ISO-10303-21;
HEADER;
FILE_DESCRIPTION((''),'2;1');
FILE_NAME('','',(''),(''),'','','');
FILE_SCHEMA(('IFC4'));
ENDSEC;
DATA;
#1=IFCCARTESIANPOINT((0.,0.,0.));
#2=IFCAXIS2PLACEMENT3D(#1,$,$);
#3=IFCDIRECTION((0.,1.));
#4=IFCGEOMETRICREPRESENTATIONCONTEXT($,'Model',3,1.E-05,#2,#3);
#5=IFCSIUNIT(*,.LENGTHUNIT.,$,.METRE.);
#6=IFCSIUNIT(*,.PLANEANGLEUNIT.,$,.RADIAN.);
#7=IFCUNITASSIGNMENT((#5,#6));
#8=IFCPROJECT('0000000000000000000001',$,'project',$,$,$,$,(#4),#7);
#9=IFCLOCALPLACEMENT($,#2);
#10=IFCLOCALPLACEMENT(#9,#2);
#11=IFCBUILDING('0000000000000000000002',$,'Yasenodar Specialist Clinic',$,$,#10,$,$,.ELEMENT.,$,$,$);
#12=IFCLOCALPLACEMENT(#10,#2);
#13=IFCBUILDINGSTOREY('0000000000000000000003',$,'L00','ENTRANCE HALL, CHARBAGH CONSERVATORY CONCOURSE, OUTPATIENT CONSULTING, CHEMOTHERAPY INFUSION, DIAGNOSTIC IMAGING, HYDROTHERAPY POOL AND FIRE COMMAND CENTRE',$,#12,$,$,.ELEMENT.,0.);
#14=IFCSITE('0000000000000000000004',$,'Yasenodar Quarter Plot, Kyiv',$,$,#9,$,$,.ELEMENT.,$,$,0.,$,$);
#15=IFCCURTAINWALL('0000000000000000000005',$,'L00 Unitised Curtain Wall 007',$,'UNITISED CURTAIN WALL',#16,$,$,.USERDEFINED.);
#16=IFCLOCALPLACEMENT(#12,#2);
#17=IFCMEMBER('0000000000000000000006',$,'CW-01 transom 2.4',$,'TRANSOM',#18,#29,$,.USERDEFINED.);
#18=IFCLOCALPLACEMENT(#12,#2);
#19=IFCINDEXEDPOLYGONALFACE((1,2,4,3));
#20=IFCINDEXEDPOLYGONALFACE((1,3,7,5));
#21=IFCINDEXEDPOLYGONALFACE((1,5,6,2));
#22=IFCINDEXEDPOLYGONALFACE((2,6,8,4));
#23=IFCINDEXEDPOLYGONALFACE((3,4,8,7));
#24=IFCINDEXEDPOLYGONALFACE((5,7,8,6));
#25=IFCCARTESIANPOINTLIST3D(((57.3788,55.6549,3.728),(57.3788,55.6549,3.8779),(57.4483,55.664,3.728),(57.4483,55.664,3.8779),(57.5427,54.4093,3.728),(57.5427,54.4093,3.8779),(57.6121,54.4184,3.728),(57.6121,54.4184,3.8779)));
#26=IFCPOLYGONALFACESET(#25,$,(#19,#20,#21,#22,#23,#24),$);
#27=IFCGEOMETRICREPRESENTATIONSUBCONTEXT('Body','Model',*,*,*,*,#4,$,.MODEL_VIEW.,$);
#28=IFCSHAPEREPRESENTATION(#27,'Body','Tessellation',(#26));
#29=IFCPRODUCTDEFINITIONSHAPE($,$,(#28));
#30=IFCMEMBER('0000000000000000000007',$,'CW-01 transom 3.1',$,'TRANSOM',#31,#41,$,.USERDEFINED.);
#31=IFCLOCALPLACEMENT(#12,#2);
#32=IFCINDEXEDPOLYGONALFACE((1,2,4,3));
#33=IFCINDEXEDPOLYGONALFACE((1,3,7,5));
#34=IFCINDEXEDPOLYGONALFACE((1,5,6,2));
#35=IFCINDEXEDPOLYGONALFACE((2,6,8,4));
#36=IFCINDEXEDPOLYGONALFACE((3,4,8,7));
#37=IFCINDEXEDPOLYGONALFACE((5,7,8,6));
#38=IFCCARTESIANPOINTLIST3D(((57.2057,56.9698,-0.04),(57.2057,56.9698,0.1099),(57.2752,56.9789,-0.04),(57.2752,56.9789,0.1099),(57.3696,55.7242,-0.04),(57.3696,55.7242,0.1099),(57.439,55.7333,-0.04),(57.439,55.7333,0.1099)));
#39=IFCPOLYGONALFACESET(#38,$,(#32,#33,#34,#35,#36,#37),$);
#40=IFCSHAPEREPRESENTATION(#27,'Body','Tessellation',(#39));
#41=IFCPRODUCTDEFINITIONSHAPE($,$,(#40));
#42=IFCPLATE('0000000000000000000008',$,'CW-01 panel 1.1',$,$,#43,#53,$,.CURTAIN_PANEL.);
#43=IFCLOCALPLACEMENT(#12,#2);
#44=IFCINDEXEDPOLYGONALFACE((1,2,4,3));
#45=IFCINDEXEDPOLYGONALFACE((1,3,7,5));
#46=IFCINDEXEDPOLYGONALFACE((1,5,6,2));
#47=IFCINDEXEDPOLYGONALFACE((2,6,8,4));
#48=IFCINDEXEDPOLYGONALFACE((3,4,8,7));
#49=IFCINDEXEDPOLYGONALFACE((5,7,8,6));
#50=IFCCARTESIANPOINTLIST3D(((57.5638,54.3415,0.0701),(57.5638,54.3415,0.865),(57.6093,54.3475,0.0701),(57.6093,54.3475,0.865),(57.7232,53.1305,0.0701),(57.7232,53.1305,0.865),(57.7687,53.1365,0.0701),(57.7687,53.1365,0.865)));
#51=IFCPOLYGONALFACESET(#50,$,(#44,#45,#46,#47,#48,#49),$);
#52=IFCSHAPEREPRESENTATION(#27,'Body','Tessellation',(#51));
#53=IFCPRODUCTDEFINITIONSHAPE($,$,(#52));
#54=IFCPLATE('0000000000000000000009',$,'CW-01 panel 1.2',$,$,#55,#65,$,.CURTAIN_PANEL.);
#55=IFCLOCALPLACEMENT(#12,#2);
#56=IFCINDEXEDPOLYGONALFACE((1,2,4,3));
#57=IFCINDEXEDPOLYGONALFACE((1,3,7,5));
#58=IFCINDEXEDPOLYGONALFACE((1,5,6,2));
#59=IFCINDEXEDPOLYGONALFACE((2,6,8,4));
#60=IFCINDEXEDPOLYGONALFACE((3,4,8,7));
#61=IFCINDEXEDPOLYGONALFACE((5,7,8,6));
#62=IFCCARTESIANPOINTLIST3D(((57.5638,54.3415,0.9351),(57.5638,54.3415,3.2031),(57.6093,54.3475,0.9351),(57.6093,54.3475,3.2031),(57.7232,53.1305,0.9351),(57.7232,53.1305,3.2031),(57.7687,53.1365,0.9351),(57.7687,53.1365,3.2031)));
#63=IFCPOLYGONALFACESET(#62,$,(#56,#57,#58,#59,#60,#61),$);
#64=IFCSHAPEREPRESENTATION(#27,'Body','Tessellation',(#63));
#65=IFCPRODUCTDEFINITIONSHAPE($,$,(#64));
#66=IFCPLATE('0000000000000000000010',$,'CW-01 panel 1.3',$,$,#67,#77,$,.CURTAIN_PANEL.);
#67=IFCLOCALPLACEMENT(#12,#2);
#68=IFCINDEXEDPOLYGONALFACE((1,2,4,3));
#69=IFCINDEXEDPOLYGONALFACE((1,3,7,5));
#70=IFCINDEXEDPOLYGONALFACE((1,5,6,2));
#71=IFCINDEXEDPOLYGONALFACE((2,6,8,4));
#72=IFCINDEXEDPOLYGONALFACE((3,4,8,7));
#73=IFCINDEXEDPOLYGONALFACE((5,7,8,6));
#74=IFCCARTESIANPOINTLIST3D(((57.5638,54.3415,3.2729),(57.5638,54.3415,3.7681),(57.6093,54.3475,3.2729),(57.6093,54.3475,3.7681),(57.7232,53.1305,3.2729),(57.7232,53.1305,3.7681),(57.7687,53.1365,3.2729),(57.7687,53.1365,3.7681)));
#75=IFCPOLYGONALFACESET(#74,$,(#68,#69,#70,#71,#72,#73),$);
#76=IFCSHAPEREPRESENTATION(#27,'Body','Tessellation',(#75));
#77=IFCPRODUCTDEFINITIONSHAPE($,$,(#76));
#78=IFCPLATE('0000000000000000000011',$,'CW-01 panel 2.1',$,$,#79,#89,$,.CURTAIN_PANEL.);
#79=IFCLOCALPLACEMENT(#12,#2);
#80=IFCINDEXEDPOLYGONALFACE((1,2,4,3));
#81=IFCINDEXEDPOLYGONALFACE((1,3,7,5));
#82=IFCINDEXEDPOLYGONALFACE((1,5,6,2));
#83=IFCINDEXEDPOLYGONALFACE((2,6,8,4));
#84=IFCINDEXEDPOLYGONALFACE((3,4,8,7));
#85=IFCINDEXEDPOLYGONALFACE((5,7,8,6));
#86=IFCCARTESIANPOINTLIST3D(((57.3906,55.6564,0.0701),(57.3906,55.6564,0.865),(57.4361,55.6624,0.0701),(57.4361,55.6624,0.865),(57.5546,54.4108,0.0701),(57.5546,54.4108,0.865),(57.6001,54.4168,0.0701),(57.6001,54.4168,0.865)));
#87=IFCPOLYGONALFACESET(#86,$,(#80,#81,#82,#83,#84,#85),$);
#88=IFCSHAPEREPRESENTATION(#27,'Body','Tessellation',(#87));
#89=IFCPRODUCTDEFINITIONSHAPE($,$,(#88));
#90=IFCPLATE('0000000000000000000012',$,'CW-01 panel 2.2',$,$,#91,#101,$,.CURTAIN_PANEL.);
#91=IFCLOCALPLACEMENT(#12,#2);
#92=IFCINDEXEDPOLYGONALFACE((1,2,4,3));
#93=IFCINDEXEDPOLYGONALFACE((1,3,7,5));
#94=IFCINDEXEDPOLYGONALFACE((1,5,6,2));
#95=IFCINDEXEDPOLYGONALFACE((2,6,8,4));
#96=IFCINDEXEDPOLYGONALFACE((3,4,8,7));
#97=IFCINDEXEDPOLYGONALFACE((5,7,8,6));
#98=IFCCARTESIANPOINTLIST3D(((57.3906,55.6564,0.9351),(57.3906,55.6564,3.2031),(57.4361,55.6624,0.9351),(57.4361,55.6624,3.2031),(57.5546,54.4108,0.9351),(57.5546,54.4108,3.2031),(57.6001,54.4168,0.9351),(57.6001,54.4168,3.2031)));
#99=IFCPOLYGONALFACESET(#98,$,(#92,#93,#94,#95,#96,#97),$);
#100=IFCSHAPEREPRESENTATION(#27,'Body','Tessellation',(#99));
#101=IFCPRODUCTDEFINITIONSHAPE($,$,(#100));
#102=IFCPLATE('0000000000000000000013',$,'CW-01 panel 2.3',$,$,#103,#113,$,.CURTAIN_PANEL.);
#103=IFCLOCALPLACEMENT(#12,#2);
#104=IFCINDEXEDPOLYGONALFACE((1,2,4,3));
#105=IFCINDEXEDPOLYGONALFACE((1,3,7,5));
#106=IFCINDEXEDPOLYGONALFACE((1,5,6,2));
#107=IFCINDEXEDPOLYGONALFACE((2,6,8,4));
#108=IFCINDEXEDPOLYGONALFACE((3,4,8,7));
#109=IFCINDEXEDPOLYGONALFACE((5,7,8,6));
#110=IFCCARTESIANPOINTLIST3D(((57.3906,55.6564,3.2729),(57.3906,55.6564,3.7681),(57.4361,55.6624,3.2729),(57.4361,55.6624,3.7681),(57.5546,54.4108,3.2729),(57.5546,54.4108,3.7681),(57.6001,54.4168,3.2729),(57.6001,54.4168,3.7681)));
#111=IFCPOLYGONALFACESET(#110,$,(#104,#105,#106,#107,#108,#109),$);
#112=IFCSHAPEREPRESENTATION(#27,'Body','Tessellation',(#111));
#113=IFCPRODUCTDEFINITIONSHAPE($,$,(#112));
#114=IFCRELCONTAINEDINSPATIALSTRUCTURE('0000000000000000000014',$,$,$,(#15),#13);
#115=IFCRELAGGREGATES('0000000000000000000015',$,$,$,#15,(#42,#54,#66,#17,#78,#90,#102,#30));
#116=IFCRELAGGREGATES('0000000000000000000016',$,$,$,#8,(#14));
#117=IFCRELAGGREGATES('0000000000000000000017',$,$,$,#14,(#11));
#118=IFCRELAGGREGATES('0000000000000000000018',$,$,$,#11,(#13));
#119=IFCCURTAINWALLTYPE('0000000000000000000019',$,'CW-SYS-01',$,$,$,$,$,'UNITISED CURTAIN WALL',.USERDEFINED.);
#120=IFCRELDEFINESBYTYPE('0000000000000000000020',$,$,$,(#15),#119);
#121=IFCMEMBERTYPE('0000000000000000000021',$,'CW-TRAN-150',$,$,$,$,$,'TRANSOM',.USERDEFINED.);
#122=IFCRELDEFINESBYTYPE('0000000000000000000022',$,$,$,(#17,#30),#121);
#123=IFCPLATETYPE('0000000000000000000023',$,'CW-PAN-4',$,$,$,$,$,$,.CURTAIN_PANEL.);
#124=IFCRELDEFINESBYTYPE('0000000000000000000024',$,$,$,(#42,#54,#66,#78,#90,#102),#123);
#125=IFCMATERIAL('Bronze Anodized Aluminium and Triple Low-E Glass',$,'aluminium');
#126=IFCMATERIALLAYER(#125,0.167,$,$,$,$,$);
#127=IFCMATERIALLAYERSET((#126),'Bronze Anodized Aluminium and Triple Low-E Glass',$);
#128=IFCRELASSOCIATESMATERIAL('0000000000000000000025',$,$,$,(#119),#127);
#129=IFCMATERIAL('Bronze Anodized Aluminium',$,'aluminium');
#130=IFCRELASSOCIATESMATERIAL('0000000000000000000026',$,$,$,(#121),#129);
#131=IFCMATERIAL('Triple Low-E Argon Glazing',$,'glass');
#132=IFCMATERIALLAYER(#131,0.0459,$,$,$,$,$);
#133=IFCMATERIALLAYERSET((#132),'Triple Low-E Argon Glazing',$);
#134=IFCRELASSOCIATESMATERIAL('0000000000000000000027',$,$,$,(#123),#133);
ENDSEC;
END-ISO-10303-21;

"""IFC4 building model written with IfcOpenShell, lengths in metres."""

from ifc_helpers import new_model, si_unit, direction, frame, origin, origin_2d, place, context, subcontext, project, spatial, rectangle, extrude, material, layer, layer_set, material_profile, profile_set, type_object, element, aggregate, save


model = new_model("IFC4")

# Units and contexts
model_context = context("Model", 3, precision=1e-05, world=origin(), true_north=direction((0.0, 1.0)))
body_context = subcontext(model_context, "Body", "Model", "MODEL_VIEW")
ifc_project = project(units=[si_unit("LENGTHUNIT", "METRE"), si_unit("PLANEANGLEUNIT", "RADIAN")], contexts=[model_context])

# Site, building, storey
site_placement = place(None, origin())
site = spatial("IfcSite", under=ifc_project, at=site_placement, Name="Yasenodar Quarter Plot, Kyiv", CompositionType="ELEMENT", RefElevation=0.0)
building_placement = place(site_placement, origin())
building = spatial("IfcBuilding", under=site, at=building_placement, Name="Yasenodar Specialist Clinic", CompositionType="ELEMENT")
storey_placement = place(building_placement, origin())
storey = spatial("IfcBuildingStorey", under=building, at=storey_placement, Name="L00", Description="ENTRANCE HALL, CHARBAGH CONSERVATORY CONCOURSE, OUTPATIENT CONSULTING, CHEMOTHERAPY INFUSION, DIAGNOSTIC IMAGING, HYDROTHERAPY POOL AND FIRE COMMAND CENTRE", CompositionType="ELEMENT", Elevation=0.0)

# Curtain wall, members, plates
ifc_material_1 = material(Name="Bronze Anodized Aluminium and Triple Low-E Glass", Category="aluminium")
ifc_layer_1 = layer(ifc_material_1, 0.167)
ifc_layer_set_1 = layer_set([ifc_layer_1], Name="Bronze Anodized Aluminium and Triple Low-E Glass")
curtain_wall_type = type_object("IfcCurtainWallType", Name="CW-SYS-01", ElementType="UNITISED CURTAIN WALL", PredefinedType="USERDEFINED", material=ifc_layer_set_1)
curtain_wall_placement = place(storey_placement, origin())
curtain_wall = element("IfcCurtainWall", 1, at=curtain_wall_placement, inside=storey, type_object=curtain_wall_type, Name="L00 Unitised Curtain Wall 007", ObjectType="UNITISED CURTAIN WALL", PredefinedType="USERDEFINED")
ifc_material_2 = material(Name="Bronze Anodized Aluminium", Category="aluminium")
ifc_material_profile_1 = material_profile(ifc_material_2, rectangle(XDim=0.0701, YDim=0.1499, at=origin_2d()), Name="CW-TRAN 70x150")
ifc_profile_set_1 = profile_set([ifc_material_profile_1], Name="Bronze Anodized Aluminium")
member_type_1 = type_object("IfcMemberType", Name="CW-TRAN-150", ElementType="TRANSOM", PredefinedType="USERDEFINED", material=ifc_profile_set_1)
member_1_placement = place(storey_placement, frame((57.5774, 54.4138, 3.803), z_axis=(-0.130394, 0.991462, 0.0), x_axis=(-0.991462, -0.130394, 0.0)))
member_1 = element("IfcMember", 2, at=member_1_placement, type_object=member_type_1, Name="CW-01 transom 2.4", ObjectType="TRANSOM", PredefinedType="USERDEFINED", context=body_context, shape_type="SweptSolid", body=[
    extrude(rectangle(XDim=0.0701, YDim=0.1499, at=origin_2d()), origin(), (0.0, 0.0, 1.0), 1.2563),
])
member_2_placement = place(storey_placement, frame((57.4043, 55.7288, 0.0349), z_axis=(-0.130394, 0.991462, 0.0), x_axis=(-0.991462, -0.130394, 0.0)))
member_2 = element("IfcMember", 3, at=member_2_placement, type_object=member_type_1, Name="CW-01 transom 3.1", ObjectType="TRANSOM", PredefinedType="USERDEFINED", context=body_context, shape_type="SweptSolid", body=[
    extrude(rectangle(XDim=0.0701, YDim=0.1499, at=origin_2d()), origin(), (0.0, 0.0, 1.0), 1.2563),
])
ifc_material_3 = material(Name="Triple Low-E Argon Glazing", Category="glass")
ifc_layer_2 = layer(ifc_material_3, 0.0459)
ifc_layer_set_2 = layer_set([ifc_layer_2], Name="Triple Low-E Argon Glazing")
plate_type = type_object("IfcPlateType", Name="CW-PAN-4", PredefinedType="CURTAIN_PANEL", material=ifc_layer_set_2)
plate_1_placement = place(storey_placement, frame((57.6663, 53.739, 0.0701), z_axis=(0.0, 0.0, 1.0), x_axis=(-0.130512, 0.991447, 0.0)))
plate_1 = element("IfcPlate", 4, at=plate_1_placement, type_object=plate_type, Name="CW-01 panel 1.1", PredefinedType="CURTAIN_PANEL", context=body_context, shape_type="SweptSolid", body=[
    extrude(rectangle(XDim=1.2214, YDim=0.0459, at=origin_2d()), origin(), (0.0, 0.0, 1.0), 0.7949),
])
plate_2_placement = place(storey_placement, frame((57.6663, 53.739, 0.9351), z_axis=(0.0, 0.0, 1.0), x_axis=(-0.130512, 0.991447, 0.0)))
plate_2 = element("IfcPlate", 5, at=plate_2_placement, type_object=plate_type, Name="CW-01 panel 1.2", PredefinedType="CURTAIN_PANEL", context=body_context, shape_type="SweptSolid", body=[
    extrude(rectangle(XDim=1.2214, YDim=0.0459, at=origin_2d()), origin(), (0.0, 0.0, 1.0), 2.2681),
])
plate_3_placement = place(storey_placement, frame((57.6663, 53.739, 3.2729), z_axis=(0.0, 0.0, 1.0), x_axis=(-0.130512, 0.991447, 0.0)))
plate_3 = element("IfcPlate", 6, at=plate_3_placement, type_object=plate_type, Name="CW-01 panel 1.3", PredefinedType="CURTAIN_PANEL", context=body_context, shape_type="SweptSolid", body=[
    extrude(rectangle(XDim=1.2214, YDim=0.0459, at=origin_2d()), origin(), (0.0, 0.0, 1.0), 0.4951),
])
plate_4_placement = place(storey_placement, frame((57.4954, 55.0366, 0.0701), z_axis=(0.0, 0.0, 1.0), x_axis=(-0.130512, 0.991447, 0.0)))
plate_4 = element("IfcPlate", 7, at=plate_4_placement, type_object=plate_type, Name="CW-01 panel 2.1", PredefinedType="CURTAIN_PANEL", context=body_context, shape_type="SweptSolid", body=[
    extrude(rectangle(XDim=1.2563, YDim=0.0459, at=origin_2d()), origin(), (0.0, 0.0, 1.0), 0.7949),
])
plate_5_placement = place(storey_placement, frame((57.4954, 55.0366, 0.9351), z_axis=(0.0, 0.0, 1.0), x_axis=(-0.130512, 0.991447, 0.0)))
plate_5 = element("IfcPlate", 8, at=plate_5_placement, type_object=plate_type, Name="CW-01 panel 2.2", PredefinedType="CURTAIN_PANEL", context=body_context, shape_type="SweptSolid", body=[
    extrude(rectangle(XDim=1.2563, YDim=0.0459, at=origin_2d()), origin(), (0.0, 0.0, 1.0), 2.2681),
])
plate_6_placement = place(storey_placement, frame((57.4954, 55.0366, 3.2729), z_axis=(0.0, 0.0, 1.0), x_axis=(-0.130512, 0.991447, 0.0)))
plate_6 = element("IfcPlate", 9, at=plate_6_placement, type_object=plate_type, Name="CW-01 panel 2.3", PredefinedType="CURTAIN_PANEL", context=body_context, shape_type="SweptSolid", body=[
    extrude(rectangle(XDim=1.2563, YDim=0.0459, at=origin_2d()), origin(), (0.0, 0.0, 1.0), 0.4951),
])
aggregate(curtain_wall, [plate_1, plate_2, plate_3, member_1, plate_4, plate_5, plate_6, member_2])

save(model, "model.ifc")
